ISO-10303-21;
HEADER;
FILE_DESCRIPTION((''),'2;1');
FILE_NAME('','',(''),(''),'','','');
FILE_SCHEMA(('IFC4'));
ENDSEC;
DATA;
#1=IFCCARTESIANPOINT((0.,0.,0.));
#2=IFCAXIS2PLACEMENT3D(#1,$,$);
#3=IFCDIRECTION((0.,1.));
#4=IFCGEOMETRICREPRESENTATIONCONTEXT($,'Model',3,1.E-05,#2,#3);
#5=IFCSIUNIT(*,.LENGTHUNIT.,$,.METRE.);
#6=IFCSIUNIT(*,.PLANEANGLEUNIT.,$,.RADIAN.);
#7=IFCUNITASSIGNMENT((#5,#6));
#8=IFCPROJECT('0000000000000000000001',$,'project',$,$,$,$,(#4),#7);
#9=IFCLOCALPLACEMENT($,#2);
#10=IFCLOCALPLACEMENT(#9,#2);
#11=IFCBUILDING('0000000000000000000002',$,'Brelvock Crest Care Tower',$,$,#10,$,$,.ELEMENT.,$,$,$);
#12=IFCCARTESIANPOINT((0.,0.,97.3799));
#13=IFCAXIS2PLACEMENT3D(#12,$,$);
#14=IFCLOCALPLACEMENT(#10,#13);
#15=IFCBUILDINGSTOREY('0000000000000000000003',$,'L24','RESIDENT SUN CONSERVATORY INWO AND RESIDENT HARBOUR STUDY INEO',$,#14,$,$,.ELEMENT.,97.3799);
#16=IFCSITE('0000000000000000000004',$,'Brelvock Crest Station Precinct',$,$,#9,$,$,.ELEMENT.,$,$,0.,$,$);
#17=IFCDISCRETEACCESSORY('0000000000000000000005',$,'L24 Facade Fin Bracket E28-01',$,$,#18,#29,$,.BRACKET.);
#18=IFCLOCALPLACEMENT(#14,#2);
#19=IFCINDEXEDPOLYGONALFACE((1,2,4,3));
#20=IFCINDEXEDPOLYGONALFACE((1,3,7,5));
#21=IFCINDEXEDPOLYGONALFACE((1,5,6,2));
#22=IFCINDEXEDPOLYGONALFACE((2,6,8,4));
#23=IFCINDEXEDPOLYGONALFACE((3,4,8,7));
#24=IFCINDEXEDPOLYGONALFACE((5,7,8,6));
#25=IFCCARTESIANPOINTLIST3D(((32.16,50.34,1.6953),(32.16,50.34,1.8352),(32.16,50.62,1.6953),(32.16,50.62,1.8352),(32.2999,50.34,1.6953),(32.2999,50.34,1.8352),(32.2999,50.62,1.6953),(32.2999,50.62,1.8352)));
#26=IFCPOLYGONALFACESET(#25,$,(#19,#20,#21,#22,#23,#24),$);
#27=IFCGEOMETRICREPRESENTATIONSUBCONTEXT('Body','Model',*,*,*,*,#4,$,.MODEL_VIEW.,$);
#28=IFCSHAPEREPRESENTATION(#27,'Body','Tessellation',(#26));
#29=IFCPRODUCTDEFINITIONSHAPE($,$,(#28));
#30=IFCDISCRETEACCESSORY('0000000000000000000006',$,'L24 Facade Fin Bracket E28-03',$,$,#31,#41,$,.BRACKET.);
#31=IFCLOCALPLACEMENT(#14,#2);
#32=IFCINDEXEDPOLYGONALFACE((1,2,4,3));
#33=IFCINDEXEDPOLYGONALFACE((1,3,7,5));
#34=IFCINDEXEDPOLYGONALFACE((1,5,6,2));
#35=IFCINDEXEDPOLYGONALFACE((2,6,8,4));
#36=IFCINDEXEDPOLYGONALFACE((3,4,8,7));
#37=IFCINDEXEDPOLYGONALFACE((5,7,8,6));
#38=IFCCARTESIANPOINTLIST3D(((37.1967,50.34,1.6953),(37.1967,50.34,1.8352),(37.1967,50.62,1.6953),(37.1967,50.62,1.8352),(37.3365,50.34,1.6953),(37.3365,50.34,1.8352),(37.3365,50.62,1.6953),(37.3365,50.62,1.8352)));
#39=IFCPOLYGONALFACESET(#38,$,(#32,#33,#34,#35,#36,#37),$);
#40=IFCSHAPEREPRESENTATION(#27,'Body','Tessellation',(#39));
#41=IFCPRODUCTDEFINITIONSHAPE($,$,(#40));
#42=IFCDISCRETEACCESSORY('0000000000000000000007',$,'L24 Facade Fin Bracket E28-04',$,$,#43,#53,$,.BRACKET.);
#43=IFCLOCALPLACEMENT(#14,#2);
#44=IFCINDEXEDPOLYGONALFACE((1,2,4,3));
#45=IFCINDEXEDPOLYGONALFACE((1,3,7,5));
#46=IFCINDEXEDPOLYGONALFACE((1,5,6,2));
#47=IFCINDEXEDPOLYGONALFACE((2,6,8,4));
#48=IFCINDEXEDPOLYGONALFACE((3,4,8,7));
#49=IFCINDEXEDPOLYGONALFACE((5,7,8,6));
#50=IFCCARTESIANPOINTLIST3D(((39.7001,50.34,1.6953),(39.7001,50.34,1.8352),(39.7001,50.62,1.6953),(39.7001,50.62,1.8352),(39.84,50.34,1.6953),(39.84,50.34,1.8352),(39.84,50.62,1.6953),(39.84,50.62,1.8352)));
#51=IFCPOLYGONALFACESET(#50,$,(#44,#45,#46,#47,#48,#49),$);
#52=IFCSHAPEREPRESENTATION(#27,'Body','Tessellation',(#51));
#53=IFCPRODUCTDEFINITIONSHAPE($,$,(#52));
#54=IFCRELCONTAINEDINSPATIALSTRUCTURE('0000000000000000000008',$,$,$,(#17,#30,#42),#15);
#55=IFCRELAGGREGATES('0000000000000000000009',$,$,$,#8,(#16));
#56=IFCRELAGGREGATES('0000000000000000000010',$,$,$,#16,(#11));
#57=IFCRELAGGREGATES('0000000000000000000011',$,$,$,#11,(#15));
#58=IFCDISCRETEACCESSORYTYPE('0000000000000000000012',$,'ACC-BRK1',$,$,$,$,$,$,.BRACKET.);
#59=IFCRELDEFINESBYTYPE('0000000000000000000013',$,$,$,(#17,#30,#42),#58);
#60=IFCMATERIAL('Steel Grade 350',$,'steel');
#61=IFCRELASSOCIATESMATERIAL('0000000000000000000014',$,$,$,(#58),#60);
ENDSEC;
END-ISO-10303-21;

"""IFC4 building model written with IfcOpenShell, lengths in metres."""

from ifc_helpers import new_model, si_unit, direction, frame, origin, origin_2d, place, context, subcontext, project, spatial, rectangle, extrude, source, transform, mapped, material, type_object, element, save


model = new_model("IFC4")

# Units and contexts
model_context = context("Model", 3, precision=1e-05, world=origin(), true_north=direction((0.0, 1.0)))
body_context = subcontext(model_context, "Body", "Model", "MODEL_VIEW")
ifc_project = project(units=[si_unit("LENGTHUNIT", "METRE"), si_unit("PLANEANGLEUNIT", "RADIAN")], contexts=[model_context])

# Site, building, storey
site_placement = place(None, origin())
site = spatial("IfcSite", under=ifc_project, at=site_placement, Name="Brelvock Crest Station Precinct", CompositionType="ELEMENT", RefElevation=0.0)
building_placement = place(site_placement, origin())
building = spatial("IfcBuilding", under=site, at=building_placement, Name="Brelvock Crest Care Tower", CompositionType="ELEMENT")
storey_placement = place(building_placement, frame((0.0, 0.0, 97.3799)))
storey = spatial("IfcBuildingStorey", under=building, at=storey_placement, Name="L24", Description="RESIDENT SUN CONSERVATORY INWO AND RESIDENT HARBOUR STUDY INEO", CompositionType="ELEMENT", Elevation=97.3799)

# Shared definitions
ifc_material_1 = material(Name="Steel Grade 350", Category="steel")

# Discrete accessories
discrete_accessory_type = type_object("IfcDiscreteAccessoryType", Name="ACC-BRK1", PredefinedType="BRACKET", material=ifc_material_1)
shared_shape_1 = source(origin(), body_context, "Body", "SweptSolid", [
    extrude(rectangle(XDim=0.28, YDim=0.1399, at=origin_2d()), origin(), (0.0, 0.0, 1.0), 0.1399),
])
for number, where, z_axis, x_axis, name in (
    (1, (32.23, 50.48, 1.6953), (0.0, 0.0, 1.0), (0.0, 1.0, 0.0), "L24 Facade Fin Bracket E28-01"),
    (2, (37.2666, 50.48, 1.6953), (0.0, 0.0, 1.0), (0.0, 1.0, 0.0), "L24 Facade Fin Bracket E28-03"),
    (3, (39.77, 50.48, 1.6953), (0.0, 0.0, 1.0), (0.0, 1.0, 0.0), "L24 Facade Fin Bracket E28-04"),
):
    element("IfcDiscreteAccessory", number, at=place(storey_placement, frame(where, z_axis=z_axis, x_axis=x_axis)), inside=storey, type_object=discrete_accessory_type, Name=name, PredefinedType="BRACKET", context=body_context, shape_type="MappedRepresentation", body=[
        mapped(shared_shape_1, transform((0.0, 0.0, 0.0), x_axis=(1.0, 0.0, 0.0), y_axis=(0.0, 1.0, 0.0), z_axis=(0.0, 0.0, 1.0), scale=1.0)),
    ])

save(model, "model.ifc")
